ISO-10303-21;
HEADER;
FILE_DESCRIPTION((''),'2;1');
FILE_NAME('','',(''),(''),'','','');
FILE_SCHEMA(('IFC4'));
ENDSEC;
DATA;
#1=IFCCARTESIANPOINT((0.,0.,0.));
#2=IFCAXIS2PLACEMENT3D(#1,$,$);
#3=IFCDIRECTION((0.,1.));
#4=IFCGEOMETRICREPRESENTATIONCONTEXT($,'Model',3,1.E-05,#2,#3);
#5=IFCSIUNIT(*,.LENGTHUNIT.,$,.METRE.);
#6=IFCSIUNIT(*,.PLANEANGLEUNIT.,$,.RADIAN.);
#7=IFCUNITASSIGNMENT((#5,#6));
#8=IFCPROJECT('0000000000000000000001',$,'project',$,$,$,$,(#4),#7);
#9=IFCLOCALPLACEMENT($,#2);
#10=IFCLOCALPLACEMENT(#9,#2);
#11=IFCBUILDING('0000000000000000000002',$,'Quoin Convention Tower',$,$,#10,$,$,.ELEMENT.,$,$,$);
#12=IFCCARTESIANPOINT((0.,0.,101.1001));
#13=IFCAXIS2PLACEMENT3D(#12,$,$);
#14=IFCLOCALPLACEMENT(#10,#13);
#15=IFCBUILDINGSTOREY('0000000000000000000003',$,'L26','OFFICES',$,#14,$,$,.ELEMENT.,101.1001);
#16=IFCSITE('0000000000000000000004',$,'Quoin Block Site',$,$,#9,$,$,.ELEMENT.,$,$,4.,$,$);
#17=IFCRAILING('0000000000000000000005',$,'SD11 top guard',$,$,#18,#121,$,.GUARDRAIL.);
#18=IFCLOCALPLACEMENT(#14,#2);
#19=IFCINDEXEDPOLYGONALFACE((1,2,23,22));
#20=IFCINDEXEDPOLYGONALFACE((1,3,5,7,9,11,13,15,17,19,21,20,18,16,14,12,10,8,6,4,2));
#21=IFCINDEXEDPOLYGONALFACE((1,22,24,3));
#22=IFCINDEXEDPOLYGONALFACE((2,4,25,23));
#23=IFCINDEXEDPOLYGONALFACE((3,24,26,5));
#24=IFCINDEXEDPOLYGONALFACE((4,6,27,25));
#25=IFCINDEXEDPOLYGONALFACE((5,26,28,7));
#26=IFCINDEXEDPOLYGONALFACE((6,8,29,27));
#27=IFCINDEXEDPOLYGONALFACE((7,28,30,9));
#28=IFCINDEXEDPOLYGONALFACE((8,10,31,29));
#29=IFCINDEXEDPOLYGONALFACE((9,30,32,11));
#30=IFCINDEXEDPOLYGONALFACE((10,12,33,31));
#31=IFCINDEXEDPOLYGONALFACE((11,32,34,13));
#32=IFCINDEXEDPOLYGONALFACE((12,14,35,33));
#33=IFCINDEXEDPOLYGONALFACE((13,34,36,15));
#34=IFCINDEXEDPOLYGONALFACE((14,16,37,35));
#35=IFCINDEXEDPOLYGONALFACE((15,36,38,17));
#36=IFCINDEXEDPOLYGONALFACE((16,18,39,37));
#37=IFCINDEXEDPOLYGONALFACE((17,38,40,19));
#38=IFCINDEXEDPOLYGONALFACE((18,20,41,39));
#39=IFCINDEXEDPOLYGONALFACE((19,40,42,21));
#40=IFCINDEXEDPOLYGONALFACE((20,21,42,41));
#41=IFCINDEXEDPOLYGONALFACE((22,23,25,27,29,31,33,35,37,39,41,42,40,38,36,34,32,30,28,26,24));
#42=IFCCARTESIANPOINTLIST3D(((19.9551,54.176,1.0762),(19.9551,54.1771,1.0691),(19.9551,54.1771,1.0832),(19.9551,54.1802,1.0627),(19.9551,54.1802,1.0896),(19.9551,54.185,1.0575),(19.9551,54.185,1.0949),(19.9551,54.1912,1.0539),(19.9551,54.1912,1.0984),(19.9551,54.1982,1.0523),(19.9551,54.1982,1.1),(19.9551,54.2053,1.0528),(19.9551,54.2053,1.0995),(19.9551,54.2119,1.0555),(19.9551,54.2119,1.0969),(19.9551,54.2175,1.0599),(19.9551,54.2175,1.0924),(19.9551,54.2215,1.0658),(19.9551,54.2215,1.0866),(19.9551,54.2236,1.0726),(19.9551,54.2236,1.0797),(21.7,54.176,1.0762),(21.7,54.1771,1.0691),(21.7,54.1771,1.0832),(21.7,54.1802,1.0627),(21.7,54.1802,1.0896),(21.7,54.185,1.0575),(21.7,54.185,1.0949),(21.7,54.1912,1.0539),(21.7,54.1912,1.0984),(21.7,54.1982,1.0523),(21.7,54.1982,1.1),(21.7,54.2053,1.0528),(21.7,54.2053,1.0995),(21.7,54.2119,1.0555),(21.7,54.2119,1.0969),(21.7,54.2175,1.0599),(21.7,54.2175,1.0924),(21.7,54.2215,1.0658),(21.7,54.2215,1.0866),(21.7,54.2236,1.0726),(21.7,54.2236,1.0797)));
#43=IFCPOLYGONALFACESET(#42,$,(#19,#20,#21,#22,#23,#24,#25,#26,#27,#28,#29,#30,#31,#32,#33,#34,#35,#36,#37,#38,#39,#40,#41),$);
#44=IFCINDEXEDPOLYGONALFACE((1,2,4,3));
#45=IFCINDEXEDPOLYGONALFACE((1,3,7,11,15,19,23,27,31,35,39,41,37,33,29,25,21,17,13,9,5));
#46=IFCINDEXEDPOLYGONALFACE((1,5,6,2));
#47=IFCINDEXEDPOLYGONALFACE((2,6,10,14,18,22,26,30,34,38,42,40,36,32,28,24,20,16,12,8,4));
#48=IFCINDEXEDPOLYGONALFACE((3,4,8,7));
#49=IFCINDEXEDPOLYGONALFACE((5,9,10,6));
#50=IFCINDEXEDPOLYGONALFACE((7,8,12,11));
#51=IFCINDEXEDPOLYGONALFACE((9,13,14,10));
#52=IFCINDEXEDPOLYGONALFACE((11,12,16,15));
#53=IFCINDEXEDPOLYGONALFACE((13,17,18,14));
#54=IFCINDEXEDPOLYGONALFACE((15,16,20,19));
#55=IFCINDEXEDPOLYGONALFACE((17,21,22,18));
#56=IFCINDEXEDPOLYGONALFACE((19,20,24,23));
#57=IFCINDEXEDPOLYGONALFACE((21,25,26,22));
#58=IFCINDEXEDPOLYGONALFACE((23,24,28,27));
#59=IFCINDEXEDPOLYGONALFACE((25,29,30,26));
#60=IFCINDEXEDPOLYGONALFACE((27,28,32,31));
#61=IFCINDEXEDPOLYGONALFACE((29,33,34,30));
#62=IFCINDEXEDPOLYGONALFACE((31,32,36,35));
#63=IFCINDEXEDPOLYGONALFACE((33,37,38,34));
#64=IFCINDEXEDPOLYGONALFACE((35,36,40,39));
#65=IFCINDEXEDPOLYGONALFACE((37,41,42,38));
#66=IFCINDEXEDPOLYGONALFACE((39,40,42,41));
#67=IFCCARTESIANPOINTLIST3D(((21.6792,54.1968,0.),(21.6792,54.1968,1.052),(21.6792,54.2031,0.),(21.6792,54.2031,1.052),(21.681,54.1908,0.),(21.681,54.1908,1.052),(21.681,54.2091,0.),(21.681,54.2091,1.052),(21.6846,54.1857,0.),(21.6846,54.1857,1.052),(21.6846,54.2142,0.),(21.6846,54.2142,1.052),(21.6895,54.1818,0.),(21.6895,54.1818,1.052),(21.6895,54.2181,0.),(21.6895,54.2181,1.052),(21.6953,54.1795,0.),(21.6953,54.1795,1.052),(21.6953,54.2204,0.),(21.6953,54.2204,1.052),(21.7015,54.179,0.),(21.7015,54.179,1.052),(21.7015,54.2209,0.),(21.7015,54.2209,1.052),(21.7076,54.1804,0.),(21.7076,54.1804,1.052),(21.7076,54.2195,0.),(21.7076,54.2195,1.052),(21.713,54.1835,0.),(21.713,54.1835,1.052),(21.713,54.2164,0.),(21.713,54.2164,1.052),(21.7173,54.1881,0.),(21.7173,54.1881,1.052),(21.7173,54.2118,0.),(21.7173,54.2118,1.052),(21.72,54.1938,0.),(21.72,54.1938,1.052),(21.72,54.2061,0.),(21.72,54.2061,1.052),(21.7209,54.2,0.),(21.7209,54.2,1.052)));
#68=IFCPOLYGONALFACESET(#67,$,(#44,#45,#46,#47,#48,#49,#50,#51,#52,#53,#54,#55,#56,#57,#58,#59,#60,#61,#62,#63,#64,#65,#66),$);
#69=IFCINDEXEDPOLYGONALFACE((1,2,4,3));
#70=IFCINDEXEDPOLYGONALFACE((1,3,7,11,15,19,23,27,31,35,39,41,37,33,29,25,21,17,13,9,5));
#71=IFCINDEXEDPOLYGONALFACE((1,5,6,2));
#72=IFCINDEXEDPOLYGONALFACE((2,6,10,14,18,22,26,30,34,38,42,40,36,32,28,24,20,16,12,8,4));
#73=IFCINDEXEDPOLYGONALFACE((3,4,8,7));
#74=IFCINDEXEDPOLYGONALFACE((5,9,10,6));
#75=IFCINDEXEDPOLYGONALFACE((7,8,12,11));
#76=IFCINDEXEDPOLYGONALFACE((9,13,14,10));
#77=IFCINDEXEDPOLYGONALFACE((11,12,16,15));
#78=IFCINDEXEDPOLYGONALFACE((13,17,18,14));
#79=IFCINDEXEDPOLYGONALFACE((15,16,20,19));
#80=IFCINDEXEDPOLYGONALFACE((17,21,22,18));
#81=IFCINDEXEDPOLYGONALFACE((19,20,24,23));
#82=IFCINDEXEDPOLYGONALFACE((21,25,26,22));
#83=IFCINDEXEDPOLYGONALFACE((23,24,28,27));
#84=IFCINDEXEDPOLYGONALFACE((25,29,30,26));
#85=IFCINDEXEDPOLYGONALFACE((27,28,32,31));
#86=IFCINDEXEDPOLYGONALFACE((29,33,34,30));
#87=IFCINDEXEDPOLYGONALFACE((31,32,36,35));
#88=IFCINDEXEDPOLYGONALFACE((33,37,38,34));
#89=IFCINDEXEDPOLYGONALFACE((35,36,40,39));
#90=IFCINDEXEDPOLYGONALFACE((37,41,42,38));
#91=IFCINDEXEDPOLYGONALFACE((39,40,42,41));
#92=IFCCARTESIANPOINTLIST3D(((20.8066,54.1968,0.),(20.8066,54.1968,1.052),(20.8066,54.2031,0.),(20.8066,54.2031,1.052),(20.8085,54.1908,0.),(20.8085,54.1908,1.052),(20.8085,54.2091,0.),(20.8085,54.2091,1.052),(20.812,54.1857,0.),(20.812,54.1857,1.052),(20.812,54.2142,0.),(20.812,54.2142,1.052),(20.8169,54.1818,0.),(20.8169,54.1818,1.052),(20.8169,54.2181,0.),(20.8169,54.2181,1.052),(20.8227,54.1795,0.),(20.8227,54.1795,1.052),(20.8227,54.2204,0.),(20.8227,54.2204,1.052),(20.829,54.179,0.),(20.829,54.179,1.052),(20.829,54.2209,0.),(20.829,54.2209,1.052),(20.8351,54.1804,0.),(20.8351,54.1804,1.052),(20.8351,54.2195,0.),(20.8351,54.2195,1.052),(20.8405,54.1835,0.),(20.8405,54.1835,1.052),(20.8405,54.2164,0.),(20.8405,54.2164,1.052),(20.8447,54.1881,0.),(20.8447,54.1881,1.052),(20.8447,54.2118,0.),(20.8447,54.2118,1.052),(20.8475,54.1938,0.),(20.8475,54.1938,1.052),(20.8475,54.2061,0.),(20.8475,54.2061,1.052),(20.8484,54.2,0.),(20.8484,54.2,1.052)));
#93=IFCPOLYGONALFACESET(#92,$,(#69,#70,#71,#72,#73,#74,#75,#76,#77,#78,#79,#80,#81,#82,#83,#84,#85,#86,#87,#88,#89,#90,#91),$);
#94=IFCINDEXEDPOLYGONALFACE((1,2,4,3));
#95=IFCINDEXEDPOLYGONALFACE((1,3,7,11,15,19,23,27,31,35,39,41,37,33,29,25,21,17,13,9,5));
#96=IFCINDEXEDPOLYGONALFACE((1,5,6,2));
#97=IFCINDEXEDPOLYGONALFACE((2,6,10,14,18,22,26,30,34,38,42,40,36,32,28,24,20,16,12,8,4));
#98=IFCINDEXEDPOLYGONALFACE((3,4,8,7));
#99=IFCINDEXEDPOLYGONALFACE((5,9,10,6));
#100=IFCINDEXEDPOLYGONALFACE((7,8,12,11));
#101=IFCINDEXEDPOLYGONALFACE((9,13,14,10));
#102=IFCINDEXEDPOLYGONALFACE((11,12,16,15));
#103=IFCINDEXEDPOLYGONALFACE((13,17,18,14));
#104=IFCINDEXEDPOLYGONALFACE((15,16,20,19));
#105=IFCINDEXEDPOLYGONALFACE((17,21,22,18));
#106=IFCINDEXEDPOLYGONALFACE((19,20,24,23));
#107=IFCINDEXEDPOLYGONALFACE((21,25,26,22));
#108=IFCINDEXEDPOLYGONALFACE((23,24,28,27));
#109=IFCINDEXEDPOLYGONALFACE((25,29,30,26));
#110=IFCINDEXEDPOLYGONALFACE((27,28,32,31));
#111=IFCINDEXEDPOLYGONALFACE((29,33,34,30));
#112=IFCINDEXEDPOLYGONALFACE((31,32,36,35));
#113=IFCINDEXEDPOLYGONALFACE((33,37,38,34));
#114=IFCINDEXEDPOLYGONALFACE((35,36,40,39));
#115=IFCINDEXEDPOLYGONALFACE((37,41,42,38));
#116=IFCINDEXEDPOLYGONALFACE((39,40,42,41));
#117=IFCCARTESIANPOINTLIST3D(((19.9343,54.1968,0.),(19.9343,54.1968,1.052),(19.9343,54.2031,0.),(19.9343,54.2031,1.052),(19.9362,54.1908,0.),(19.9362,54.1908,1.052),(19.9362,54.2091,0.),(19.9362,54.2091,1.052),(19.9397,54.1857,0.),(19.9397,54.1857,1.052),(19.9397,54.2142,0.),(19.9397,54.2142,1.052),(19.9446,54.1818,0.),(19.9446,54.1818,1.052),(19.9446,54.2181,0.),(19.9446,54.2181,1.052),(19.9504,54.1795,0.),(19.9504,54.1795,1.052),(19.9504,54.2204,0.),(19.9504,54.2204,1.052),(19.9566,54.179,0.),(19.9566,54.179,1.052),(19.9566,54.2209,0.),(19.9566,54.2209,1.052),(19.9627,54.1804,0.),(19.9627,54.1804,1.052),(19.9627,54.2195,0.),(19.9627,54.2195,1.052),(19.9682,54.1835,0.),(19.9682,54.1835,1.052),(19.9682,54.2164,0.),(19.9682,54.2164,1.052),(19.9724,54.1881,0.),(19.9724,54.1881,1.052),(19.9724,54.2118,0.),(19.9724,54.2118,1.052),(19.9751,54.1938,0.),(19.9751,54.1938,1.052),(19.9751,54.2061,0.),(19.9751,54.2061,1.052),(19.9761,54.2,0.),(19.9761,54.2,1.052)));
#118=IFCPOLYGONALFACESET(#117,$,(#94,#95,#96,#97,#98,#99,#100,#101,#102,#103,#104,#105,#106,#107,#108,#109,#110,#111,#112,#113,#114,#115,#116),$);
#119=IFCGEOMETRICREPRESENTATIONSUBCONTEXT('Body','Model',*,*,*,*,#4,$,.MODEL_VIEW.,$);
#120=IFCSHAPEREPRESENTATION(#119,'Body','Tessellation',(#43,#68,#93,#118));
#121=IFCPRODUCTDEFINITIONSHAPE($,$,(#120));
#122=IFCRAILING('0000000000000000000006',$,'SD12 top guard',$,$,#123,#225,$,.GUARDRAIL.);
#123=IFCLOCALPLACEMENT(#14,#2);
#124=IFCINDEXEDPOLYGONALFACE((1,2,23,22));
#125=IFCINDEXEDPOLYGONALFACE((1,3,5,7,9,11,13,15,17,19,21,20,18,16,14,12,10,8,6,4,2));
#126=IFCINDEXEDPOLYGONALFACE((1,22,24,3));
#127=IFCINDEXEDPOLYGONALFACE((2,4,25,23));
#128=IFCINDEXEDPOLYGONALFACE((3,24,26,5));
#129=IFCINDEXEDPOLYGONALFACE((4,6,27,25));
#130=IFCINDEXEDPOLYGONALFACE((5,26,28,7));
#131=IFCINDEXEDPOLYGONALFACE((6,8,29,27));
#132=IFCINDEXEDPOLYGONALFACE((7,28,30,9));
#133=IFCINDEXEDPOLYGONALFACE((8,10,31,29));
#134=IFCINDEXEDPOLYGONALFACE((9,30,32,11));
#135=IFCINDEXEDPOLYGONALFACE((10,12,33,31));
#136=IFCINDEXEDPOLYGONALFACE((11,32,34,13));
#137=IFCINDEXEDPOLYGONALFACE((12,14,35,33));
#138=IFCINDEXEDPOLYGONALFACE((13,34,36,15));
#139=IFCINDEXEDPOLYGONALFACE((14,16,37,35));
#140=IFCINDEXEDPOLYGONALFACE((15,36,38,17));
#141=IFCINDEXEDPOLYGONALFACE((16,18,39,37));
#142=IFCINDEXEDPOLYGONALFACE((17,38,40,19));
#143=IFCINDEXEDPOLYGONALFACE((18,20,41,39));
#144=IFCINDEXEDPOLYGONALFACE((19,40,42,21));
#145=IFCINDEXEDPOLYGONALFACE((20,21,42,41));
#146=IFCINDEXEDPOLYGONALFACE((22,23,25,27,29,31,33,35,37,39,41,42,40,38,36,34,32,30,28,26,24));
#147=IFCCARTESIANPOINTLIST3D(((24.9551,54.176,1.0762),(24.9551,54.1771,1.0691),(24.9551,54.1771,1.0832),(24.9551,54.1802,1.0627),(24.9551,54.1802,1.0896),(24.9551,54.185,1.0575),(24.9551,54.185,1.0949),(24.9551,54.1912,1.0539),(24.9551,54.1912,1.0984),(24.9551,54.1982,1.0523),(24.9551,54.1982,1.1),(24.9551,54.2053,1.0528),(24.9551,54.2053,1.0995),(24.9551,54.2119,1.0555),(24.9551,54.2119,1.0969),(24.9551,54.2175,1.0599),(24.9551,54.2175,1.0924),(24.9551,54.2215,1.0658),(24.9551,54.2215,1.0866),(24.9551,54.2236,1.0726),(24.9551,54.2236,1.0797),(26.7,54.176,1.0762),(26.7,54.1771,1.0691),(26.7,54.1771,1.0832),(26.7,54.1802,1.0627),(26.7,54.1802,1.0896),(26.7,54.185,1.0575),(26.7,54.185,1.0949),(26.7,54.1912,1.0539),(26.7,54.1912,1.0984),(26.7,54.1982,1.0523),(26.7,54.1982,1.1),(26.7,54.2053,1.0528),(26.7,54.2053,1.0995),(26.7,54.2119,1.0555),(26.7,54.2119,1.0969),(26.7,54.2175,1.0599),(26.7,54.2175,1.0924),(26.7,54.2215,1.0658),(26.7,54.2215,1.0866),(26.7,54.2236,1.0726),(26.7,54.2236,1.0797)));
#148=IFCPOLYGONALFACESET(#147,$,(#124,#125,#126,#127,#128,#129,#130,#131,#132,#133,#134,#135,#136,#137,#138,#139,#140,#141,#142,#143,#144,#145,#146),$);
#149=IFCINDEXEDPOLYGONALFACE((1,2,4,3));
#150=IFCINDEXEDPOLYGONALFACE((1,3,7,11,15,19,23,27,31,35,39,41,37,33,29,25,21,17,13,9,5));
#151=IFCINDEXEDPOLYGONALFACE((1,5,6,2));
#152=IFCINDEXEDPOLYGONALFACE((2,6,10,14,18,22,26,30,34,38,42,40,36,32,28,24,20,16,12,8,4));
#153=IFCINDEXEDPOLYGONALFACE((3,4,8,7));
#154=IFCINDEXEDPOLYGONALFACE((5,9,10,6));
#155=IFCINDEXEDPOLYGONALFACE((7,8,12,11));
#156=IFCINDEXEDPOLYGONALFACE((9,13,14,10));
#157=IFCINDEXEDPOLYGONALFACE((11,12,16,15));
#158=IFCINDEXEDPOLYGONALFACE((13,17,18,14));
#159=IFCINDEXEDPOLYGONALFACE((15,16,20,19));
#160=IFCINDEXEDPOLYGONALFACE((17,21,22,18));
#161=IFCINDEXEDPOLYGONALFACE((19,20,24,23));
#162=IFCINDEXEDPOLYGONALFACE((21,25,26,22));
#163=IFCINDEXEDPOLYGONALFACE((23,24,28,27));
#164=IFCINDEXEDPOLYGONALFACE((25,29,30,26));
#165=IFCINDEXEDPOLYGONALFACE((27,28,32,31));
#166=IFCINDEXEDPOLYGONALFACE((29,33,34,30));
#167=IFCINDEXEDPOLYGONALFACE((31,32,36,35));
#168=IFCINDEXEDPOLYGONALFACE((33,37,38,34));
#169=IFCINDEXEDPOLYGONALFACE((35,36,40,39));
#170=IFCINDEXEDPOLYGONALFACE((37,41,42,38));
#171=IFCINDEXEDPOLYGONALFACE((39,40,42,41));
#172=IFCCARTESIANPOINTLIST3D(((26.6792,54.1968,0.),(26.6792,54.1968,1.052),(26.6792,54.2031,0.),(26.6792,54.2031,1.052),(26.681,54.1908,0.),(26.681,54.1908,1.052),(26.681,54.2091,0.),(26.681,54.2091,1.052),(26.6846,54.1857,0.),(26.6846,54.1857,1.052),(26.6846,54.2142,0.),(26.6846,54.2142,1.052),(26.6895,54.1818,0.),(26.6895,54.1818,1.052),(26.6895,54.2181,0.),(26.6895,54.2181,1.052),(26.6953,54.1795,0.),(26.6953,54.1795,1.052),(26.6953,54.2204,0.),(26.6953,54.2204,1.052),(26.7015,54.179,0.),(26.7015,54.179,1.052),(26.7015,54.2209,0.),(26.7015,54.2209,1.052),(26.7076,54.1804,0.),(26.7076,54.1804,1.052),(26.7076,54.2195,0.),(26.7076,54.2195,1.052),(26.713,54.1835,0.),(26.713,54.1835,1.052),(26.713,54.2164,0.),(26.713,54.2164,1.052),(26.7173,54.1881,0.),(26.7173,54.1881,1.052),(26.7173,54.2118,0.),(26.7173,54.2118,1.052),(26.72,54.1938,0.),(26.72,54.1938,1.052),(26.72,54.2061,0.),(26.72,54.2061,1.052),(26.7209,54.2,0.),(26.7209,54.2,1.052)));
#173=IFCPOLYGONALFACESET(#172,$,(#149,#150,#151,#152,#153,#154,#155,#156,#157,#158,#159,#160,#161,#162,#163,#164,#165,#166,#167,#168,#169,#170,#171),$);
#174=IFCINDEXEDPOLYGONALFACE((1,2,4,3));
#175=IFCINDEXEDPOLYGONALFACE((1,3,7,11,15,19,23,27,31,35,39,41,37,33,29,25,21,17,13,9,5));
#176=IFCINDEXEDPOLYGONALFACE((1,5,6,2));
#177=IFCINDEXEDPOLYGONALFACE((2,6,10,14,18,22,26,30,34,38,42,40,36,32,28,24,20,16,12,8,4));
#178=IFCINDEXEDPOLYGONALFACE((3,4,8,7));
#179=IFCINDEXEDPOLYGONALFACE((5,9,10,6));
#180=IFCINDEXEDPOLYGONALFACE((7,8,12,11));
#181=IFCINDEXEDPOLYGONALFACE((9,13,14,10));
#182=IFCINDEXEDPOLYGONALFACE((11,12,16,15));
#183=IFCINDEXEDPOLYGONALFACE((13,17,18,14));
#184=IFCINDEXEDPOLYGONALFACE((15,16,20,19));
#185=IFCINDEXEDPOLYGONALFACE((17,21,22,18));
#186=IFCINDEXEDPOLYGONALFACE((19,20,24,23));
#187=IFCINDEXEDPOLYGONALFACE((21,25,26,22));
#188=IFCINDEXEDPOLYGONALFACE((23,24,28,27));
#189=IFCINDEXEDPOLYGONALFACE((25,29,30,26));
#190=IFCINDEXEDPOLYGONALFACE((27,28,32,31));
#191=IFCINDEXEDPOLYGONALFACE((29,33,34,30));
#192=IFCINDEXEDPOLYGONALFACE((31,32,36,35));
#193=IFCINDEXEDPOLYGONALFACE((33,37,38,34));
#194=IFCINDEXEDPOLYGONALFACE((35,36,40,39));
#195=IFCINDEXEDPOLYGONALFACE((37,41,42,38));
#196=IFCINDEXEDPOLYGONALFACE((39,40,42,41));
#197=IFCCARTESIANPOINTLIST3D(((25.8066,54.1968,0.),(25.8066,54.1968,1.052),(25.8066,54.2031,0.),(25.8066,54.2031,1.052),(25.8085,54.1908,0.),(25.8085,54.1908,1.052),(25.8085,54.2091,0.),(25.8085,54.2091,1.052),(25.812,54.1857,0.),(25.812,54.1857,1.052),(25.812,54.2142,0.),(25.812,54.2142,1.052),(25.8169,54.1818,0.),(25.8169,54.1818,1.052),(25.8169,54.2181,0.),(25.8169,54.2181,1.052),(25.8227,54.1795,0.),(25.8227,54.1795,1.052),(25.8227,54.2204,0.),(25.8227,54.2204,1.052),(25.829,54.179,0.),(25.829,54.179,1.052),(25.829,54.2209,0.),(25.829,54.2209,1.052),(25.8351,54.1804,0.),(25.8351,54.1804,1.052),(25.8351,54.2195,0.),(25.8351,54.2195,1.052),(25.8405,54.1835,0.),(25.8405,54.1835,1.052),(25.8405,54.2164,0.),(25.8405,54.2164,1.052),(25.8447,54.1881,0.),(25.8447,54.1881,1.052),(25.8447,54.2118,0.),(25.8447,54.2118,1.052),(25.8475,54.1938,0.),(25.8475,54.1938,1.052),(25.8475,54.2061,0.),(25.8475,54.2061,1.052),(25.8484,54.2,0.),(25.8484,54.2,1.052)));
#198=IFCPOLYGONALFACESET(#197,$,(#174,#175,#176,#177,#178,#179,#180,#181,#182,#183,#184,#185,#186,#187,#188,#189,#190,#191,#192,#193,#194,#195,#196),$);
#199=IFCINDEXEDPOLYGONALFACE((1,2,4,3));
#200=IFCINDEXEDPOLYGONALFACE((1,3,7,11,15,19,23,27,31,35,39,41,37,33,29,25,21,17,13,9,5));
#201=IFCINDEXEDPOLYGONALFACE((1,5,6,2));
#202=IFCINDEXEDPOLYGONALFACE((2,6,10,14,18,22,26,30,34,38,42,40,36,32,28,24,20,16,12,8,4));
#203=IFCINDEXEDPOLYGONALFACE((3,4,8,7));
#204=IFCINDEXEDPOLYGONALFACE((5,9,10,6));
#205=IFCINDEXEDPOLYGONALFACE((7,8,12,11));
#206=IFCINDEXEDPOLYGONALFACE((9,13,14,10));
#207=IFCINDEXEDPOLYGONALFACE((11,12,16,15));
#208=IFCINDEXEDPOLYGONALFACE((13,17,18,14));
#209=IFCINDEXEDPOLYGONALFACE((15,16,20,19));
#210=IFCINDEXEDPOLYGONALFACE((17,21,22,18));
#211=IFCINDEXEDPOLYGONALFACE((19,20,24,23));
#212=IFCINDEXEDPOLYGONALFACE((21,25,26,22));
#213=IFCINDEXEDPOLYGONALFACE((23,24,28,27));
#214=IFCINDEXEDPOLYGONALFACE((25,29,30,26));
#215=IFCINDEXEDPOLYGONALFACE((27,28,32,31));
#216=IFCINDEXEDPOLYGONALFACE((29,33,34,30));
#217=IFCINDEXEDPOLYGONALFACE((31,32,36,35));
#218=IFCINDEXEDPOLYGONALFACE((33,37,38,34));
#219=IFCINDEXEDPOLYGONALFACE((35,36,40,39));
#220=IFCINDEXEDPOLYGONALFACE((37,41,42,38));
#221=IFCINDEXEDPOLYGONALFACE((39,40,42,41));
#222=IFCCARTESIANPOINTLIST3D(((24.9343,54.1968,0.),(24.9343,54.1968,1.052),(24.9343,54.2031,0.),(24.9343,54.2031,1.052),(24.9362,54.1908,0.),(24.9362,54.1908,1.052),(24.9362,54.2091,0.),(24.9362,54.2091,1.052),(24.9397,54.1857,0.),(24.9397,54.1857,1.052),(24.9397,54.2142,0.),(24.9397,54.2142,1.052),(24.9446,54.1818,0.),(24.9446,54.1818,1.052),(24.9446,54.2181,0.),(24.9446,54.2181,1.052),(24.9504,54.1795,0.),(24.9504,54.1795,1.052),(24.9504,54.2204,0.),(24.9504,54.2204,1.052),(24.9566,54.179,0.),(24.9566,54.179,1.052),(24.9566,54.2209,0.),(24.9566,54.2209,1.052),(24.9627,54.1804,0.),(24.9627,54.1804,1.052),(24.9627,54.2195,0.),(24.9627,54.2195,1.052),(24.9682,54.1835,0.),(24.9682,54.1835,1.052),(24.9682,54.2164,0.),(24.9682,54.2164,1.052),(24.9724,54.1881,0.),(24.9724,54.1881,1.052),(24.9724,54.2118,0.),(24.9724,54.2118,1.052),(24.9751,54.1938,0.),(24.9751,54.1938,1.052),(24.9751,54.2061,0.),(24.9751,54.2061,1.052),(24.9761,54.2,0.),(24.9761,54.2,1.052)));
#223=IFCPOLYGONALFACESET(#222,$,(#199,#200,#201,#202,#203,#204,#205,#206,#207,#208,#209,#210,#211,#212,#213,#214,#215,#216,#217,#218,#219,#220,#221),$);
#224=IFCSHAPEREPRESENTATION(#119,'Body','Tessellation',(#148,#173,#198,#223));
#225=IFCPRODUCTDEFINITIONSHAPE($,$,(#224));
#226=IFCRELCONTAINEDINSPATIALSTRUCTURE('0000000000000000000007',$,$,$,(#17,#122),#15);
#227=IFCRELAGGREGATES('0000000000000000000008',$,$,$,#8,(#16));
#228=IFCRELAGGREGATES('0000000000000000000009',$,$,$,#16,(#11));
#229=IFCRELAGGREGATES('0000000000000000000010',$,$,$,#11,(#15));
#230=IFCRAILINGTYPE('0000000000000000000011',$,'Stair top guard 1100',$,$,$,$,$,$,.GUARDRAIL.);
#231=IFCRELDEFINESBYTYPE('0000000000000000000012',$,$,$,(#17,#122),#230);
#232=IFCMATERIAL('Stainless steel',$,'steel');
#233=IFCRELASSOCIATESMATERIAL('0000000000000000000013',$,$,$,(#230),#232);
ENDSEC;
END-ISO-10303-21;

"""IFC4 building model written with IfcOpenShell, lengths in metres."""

from ifc_helpers import new_model, si_unit, direction, frame, origin, origin_2d, place, context, subcontext, project, spatial, circle, extrude, material, type_object, element, save


model = new_model("IFC4")

# Units and contexts
model_context = context("Model", 3, precision=1e-05, world=origin(), true_north=direction((0.0, 1.0)))
body_context = subcontext(model_context, "Body", "Model", "MODEL_VIEW")
ifc_project = project(units=[si_unit("LENGTHUNIT", "METRE"), si_unit("PLANEANGLEUNIT", "RADIAN")], contexts=[model_context])

# Site, building, storey
site_placement = place(None, origin())
site = spatial("IfcSite", under=ifc_project, at=site_placement, Name="Quoin Block Site", CompositionType="ELEMENT", RefElevation=4.0)
building_placement = place(site_placement, origin())
building = spatial("IfcBuilding", under=site, at=building_placement, Name="Quoin Convention Tower", CompositionType="ELEMENT")
storey_placement = place(building_placement, frame((0.0, 0.0, 101.1001)))
storey = spatial("IfcBuildingStorey", under=building, at=storey_placement, Name="L26", Description="OFFICES", CompositionType="ELEMENT", Elevation=101.1001)

# Railings
ifc_material_1 = material(Name="Stainless steel", Category="steel")
railing_type_1 = type_object("IfcRailingType", Name="Stair top guard 1100", PredefinedType="GUARDRAIL", material=ifc_material_1)
for number, where, name in (
    (1, (21.7, 54.2, 0.0), "SD11 top guard"),
    (2, (26.7, 54.2, 0.0), "SD12 top guard"),
):
    element("IfcRailing", number, at=place(storey_placement, frame(where)), inside=storey, type_object=railing_type_1, Name=name, PredefinedType="GUARDRAIL", context=body_context, shape_type="SweptSolid", body=[
        extrude(circle(Radius=0.0239, at=origin_2d()), frame((0.0, 0.0, 1.0762), z_axis=(-1.0, 0.0, 0.0), x_axis=(0.0, -1.0, 0.0)), (0.0, 0.0, 1.0), 1.7449),
        extrude(circle(Radius=0.021, at=origin_2d()), origin(), (0.0, 0.0, 1.0), 1.052),
        extrude(circle(Radius=0.021, at=origin_2d()), frame((-0.8726, 0.0, 0.0)), (0.0, 0.0, 1.0), 1.052),
        extrude(circle(Radius=0.021, at=origin_2d()), frame((-1.7449, 0.0, 0.0)), (0.0, 0.0, 1.0), 1.052),
    ])

save(model, "model.ifc")
